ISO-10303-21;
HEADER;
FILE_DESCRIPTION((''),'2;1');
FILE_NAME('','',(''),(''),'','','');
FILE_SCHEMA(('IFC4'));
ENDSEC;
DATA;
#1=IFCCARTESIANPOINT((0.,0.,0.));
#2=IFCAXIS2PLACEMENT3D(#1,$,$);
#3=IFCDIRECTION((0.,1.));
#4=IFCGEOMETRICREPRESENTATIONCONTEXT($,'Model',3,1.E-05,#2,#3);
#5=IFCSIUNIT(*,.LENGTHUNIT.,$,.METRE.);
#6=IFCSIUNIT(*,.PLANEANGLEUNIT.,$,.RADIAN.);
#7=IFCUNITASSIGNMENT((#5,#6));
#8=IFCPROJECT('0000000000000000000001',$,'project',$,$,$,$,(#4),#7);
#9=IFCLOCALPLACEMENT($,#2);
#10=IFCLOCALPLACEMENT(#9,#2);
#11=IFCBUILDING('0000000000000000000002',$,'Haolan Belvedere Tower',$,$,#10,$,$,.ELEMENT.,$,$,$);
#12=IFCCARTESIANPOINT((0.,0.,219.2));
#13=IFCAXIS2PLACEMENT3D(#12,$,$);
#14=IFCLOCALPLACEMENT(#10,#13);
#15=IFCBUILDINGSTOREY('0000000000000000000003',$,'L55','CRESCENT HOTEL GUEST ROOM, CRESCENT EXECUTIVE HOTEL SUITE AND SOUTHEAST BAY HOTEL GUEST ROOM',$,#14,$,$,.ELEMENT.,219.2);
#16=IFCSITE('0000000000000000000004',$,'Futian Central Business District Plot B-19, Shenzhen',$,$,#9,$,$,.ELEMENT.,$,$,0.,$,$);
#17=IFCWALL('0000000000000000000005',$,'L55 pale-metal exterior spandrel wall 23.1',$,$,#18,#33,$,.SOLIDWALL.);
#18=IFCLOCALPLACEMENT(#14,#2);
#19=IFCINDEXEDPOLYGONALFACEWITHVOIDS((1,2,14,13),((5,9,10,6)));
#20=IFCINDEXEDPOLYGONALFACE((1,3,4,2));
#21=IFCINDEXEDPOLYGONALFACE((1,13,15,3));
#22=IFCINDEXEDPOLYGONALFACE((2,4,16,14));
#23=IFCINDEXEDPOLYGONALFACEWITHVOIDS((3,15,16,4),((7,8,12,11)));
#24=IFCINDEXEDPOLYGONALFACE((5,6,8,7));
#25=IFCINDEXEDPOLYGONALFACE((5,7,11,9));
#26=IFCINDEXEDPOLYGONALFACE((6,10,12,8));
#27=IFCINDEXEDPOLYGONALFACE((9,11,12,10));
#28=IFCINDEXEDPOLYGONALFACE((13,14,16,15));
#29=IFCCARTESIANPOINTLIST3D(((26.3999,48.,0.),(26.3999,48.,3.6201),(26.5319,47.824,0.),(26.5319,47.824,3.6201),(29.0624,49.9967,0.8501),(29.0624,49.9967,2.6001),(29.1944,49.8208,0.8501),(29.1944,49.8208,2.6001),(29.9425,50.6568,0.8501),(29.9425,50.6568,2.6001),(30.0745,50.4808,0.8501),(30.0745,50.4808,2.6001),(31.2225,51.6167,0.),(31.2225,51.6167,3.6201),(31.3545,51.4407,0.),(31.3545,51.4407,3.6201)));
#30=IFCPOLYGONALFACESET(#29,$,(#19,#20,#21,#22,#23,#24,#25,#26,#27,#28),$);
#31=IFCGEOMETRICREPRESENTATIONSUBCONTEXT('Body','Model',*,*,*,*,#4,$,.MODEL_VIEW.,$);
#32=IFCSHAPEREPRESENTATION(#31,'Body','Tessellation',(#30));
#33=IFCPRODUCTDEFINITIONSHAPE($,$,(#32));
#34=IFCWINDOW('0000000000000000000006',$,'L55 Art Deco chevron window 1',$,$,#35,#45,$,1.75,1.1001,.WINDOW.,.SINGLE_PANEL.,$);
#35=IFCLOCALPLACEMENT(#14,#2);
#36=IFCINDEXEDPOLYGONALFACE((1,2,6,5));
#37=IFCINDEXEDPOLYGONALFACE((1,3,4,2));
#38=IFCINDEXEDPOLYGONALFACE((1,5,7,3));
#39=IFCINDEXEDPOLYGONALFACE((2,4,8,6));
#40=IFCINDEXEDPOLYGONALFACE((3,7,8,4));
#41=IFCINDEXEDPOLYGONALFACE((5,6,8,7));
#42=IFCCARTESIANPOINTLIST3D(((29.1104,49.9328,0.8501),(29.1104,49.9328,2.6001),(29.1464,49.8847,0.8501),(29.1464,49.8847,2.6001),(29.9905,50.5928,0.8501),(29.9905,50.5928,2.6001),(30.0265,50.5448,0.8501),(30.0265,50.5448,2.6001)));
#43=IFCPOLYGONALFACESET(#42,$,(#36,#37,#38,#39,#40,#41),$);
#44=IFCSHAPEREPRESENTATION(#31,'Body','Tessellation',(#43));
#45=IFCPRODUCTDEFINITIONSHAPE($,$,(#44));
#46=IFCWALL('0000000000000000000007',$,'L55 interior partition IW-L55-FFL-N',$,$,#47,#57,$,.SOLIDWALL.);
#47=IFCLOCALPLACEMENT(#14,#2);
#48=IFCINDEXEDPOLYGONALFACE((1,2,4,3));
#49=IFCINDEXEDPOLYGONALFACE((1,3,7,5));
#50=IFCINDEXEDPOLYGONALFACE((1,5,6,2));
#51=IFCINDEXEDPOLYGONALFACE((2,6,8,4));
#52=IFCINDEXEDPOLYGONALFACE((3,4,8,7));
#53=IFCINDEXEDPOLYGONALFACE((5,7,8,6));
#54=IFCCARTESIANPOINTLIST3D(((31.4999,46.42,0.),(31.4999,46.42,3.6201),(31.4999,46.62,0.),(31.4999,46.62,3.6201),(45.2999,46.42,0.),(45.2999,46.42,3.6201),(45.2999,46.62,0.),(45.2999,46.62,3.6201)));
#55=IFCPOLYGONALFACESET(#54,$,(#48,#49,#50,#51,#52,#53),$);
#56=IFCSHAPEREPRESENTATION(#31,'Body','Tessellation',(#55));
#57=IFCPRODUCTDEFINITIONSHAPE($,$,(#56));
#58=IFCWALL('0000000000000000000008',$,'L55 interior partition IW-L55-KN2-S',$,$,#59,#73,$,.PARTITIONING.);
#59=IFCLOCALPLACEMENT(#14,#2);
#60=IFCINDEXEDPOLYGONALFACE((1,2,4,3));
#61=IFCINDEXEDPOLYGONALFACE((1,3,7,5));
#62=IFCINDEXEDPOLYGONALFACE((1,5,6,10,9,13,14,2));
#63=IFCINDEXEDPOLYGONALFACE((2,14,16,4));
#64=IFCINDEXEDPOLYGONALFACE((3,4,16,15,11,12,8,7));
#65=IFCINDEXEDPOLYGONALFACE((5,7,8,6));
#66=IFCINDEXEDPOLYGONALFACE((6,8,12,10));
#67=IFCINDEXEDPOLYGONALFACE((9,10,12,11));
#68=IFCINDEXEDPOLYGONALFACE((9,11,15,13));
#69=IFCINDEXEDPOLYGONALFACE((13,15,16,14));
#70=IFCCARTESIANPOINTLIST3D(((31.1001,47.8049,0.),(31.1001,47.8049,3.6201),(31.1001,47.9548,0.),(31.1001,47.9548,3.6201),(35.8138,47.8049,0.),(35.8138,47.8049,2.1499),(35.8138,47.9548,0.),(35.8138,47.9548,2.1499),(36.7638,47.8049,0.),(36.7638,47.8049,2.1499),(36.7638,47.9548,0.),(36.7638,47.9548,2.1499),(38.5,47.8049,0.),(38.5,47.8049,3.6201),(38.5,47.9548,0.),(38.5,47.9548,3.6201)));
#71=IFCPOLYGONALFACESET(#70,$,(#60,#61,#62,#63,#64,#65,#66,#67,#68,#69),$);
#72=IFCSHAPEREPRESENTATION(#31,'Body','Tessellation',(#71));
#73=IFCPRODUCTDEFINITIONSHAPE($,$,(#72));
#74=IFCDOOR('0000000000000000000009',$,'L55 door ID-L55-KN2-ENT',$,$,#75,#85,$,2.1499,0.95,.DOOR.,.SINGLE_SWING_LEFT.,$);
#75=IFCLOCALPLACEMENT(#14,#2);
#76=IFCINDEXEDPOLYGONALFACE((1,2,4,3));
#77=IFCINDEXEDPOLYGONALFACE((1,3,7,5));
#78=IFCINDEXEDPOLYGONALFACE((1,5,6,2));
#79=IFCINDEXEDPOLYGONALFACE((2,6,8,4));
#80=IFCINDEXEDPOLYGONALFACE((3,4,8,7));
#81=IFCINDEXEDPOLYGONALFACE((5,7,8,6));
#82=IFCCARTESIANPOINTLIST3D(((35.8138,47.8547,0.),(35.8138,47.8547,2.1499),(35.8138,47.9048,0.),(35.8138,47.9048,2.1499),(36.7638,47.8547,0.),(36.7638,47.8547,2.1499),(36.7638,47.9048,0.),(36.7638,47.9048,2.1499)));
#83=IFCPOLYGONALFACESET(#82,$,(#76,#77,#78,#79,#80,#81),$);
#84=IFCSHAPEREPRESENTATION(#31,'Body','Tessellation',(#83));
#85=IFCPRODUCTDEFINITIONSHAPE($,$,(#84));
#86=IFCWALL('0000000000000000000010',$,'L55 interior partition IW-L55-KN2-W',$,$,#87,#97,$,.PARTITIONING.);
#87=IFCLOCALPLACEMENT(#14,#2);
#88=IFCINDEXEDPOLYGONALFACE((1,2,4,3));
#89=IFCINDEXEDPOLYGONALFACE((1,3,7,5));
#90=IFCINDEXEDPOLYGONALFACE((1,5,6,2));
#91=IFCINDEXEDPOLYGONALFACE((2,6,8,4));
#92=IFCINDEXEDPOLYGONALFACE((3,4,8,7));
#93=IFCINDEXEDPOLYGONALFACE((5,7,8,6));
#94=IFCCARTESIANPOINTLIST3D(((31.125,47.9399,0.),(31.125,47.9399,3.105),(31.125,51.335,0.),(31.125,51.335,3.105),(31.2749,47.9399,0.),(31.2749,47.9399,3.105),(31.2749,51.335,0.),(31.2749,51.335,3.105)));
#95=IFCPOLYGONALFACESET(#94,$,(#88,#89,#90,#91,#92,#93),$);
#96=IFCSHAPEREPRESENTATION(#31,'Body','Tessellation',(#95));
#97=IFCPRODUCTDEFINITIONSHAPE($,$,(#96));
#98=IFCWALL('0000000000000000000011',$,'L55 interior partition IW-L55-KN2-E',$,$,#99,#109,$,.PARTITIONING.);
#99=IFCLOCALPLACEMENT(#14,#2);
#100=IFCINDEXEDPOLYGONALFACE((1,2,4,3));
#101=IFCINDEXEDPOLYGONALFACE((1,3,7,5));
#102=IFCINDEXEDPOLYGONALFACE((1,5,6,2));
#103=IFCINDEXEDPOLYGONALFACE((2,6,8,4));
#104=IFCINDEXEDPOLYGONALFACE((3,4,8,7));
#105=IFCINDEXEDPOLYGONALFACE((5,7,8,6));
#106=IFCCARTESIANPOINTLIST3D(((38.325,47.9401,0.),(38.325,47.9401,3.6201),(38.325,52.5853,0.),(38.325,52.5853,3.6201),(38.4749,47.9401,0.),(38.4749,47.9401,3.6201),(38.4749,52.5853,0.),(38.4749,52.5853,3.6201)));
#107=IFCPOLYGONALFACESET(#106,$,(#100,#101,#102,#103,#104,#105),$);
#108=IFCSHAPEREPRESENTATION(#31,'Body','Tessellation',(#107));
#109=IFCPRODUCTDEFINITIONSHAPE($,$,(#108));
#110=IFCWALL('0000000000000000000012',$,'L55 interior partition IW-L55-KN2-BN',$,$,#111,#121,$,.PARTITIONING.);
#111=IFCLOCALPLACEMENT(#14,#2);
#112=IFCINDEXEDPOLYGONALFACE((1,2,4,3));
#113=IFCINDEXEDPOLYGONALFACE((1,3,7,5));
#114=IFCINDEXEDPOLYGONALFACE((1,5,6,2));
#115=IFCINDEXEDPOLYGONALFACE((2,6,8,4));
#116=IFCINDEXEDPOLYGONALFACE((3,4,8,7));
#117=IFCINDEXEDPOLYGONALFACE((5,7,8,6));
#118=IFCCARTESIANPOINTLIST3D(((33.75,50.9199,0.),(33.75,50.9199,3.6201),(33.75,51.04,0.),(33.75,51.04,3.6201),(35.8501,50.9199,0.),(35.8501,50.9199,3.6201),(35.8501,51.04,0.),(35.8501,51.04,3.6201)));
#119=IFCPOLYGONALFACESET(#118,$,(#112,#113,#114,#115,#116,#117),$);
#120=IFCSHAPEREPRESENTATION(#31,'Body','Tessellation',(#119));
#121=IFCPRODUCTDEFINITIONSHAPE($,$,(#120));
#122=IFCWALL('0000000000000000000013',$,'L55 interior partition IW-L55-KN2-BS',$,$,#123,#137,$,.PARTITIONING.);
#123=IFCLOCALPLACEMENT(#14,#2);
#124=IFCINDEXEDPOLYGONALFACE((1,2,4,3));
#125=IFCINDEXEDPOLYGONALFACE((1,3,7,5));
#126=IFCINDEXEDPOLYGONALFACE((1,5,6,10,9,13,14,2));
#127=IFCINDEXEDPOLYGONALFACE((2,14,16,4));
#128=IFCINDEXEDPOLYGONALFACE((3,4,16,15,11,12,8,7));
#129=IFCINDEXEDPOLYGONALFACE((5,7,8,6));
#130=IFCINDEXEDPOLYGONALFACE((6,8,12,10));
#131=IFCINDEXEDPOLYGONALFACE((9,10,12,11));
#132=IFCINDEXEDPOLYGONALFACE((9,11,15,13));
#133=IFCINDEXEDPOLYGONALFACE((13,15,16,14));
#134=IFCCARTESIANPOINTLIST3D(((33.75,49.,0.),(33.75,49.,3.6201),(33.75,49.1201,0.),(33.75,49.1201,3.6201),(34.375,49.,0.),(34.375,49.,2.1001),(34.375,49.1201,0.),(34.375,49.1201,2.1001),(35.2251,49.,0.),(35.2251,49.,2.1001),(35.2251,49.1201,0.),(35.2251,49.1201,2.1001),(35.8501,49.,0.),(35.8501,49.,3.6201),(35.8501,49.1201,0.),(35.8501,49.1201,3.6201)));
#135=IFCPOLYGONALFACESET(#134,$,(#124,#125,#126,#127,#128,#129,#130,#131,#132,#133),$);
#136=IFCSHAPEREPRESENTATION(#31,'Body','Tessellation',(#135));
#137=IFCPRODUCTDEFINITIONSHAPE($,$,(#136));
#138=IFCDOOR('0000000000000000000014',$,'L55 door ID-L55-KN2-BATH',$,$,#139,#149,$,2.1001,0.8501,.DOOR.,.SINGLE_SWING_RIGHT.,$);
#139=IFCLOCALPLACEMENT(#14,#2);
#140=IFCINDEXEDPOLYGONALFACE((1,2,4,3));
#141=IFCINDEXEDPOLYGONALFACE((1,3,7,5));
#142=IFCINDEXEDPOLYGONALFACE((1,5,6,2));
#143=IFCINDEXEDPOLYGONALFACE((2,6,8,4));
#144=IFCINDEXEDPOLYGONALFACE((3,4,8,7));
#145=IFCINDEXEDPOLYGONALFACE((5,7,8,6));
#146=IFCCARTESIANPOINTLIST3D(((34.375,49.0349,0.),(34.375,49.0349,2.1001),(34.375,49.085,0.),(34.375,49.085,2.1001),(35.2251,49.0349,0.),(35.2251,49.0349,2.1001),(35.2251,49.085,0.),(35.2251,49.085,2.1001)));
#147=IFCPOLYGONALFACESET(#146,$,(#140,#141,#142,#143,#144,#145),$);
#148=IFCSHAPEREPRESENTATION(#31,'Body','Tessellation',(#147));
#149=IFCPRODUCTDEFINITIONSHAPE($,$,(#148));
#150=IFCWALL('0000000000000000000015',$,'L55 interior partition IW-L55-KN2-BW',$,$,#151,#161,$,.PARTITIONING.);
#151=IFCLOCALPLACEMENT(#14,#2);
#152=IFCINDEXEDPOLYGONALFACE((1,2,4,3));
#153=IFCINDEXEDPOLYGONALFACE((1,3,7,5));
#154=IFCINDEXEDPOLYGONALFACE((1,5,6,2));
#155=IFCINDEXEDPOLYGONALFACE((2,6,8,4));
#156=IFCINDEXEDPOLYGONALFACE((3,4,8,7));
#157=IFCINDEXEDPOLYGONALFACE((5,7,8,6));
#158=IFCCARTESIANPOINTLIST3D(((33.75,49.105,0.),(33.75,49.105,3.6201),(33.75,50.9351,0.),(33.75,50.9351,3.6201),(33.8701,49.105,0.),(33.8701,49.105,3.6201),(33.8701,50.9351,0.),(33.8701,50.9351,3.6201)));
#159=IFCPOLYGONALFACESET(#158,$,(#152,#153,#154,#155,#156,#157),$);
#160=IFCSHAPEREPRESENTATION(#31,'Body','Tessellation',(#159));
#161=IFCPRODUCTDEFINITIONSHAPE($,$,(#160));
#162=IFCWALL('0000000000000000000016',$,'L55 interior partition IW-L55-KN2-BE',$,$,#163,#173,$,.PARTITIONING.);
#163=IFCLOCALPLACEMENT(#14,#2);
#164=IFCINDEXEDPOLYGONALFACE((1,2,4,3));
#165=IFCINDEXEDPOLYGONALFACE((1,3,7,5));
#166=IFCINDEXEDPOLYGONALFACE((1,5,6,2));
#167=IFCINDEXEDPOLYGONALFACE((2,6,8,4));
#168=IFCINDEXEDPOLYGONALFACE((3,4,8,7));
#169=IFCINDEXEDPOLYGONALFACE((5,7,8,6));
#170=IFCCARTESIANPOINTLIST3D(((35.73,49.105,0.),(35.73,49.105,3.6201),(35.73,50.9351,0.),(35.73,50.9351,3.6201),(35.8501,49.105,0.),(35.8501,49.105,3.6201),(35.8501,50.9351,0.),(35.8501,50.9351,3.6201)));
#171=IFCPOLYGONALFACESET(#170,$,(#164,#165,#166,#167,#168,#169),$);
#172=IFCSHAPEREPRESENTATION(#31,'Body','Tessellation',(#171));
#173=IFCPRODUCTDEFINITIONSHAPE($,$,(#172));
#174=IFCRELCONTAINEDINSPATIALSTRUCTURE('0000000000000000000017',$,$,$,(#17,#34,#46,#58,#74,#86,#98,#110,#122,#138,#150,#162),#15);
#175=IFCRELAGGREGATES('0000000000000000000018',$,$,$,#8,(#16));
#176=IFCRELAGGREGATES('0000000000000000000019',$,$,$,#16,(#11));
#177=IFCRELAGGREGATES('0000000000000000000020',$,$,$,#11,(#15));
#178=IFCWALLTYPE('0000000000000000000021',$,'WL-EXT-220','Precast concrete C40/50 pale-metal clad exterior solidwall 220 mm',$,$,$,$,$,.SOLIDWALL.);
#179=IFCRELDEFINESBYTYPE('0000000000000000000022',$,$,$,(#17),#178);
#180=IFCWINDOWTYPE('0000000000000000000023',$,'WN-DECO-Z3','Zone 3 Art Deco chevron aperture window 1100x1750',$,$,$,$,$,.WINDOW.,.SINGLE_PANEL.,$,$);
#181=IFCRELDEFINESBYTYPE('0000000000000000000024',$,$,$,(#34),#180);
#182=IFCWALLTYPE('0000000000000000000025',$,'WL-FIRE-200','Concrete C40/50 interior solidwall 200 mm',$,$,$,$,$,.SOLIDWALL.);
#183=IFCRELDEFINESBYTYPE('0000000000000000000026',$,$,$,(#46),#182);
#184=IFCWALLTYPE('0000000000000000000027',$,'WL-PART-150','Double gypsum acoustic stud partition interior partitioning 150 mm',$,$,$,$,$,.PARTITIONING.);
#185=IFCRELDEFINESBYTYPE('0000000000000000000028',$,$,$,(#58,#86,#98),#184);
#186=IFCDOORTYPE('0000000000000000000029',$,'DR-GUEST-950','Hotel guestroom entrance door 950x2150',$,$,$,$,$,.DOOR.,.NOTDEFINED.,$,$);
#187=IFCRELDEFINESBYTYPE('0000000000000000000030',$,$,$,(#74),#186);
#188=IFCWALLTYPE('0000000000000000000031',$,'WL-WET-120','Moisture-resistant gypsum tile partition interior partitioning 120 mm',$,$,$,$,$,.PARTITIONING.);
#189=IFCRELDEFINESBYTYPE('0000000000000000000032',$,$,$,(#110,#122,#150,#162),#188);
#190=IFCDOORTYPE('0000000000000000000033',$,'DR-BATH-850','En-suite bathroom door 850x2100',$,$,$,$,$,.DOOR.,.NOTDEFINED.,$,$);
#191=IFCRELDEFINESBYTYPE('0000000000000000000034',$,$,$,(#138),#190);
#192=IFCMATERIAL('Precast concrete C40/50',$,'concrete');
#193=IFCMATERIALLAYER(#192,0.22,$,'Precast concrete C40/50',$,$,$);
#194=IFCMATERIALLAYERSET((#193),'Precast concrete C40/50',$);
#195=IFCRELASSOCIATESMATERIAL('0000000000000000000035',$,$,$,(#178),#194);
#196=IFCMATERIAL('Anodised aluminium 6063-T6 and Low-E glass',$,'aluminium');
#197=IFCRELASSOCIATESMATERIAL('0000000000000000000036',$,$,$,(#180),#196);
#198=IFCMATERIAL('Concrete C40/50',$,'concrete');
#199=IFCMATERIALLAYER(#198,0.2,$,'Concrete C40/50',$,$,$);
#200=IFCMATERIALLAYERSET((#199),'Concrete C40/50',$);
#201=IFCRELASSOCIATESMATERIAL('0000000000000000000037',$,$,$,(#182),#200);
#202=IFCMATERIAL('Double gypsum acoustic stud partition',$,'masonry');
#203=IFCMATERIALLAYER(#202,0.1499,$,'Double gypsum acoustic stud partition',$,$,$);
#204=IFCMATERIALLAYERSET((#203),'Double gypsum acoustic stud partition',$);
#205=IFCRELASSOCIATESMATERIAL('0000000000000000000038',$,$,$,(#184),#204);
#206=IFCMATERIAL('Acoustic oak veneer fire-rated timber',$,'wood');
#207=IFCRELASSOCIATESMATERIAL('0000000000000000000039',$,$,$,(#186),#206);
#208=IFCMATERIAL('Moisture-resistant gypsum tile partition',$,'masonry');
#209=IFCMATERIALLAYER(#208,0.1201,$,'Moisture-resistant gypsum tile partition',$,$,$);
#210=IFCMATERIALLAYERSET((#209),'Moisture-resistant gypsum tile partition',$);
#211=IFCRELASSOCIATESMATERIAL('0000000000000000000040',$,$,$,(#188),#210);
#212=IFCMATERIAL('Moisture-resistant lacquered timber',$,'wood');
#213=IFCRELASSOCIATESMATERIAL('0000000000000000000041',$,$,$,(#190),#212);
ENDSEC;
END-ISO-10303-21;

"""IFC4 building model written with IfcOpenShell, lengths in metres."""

from ifc_helpers import new_model, si_unit, direction, frame, frame_2d, origin, place, context, subcontext, project, spatial, rectangle, extrude, material, layer, layer_set, type_object, element, fill, save


model = new_model("IFC4")

# Units and contexts
model_context = context("Model", 3, precision=1e-05, world=origin(), true_north=direction((0.0, 1.0)))
body_context = subcontext(model_context, "Body", "Model", "MODEL_VIEW")
ifc_project = project(units=[si_unit("LENGTHUNIT", "METRE"), si_unit("PLANEANGLEUNIT", "RADIAN")], contexts=[model_context])

# Site, building, storey
site_placement = place(None, origin())
site = spatial("IfcSite", under=ifc_project, at=site_placement, Name="Futian Central Business District Plot B-19, Shenzhen", CompositionType="ELEMENT", RefElevation=0.0)
building_placement = place(site_placement, origin())
building = spatial("IfcBuilding", under=site, at=building_placement, Name="Haolan Belvedere Tower", CompositionType="ELEMENT")
storey_placement = place(building_placement, frame((0.0, 0.0, 219.2)))
storey = spatial("IfcBuildingStorey", under=building, at=storey_placement, Name="L55", Description="CRESCENT HOTEL GUEST ROOM, CRESCENT EXECUTIVE HOTEL SUITE AND SOUTHEAST BAY HOTEL GUEST ROOM", CompositionType="ELEMENT", Elevation=219.2)

# Wall, opening, window
ifc_material_1 = material(Name="Precast concrete C40/50", Category="concrete")
ifc_layer_1 = layer(ifc_material_1, 0.22, Name="Precast concrete C40/50")
ifc_layer_set_1 = layer_set([ifc_layer_1], Name="Precast concrete C40/50")
wall_type_1 = type_object("IfcWallType", Name="WL-EXT-220", Description="Precast concrete C40/50 pale-metal clad exterior solidwall 220 mm", PredefinedType="SOLIDWALL", material=ifc_layer_set_1)
wall_1_placement = place(storey_placement, frame((31.2886, 51.5288, 0.0), z_axis=(0.0, 0.0, 1.0), x_axis=(-0.800015, -0.599981, 0.0)))
wall_1 = element("IfcWall", 1, at=wall_1_placement, inside=storey, type_object=wall_type_1, Name="L55 pale-metal exterior spandrel wall 23.1", PredefinedType="SOLIDWALL", context=body_context, shape_type="SweptSolid", body=[
    extrude(rectangle(XDim=6.0281, YDim=0.22, at=frame_2d((3.0142, 0.0))), origin(), (0.0, 0.0, 1.0), 3.6201),
])
opening_1_placement = place(wall_1_placement, frame((1.6001, 0.0, 0.8501)))
opening_1 = element("IfcOpeningElement", 2, at=opening_1_placement, cuts=wall_1, PredefinedType="OPENING", context=body_context, shape_type="SweptSolid", body=[
    extrude(rectangle(XDim=1.1001, YDim=1.75, at=frame_2d((0.55, 0.875))), frame((0.0, 0.1199, 0.0), z_axis=(0.0, -1.0, 0.0), x_axis=(1.0, 0.0, 0.0)), (0.0, 0.0, 1.0), 0.24),
])
ifc_material_2 = material(Name="Anodised aluminium 6063-T6 and Low-E glass", Category="aluminium")
window_type = type_object("IfcWindowType", Name="WN-DECO-Z3", Description="Zone 3 Art Deco chevron aperture window 1100x1750", PartitioningType="SINGLE_PANEL", PredefinedType="WINDOW", material=ifc_material_2)
window_placement = place(opening_1_placement, origin())
window = element("IfcWindow", 3, at=window_placement, inside=storey, type_object=window_type, Name="L55 Art Deco chevron window 1", OverallHeight=1.75, OverallWidth=1.1001, PartitioningType="SINGLE_PANEL", PredefinedType="WINDOW", context=body_context, shape_type="SweptSolid", body=[
    extrude(rectangle(XDim=1.1001, YDim=1.75, at=frame_2d((0.55, 0.875))), frame((0.0, 0.03, 0.0), z_axis=(0.0, -1.0, 0.0), x_axis=(1.0, 0.0, 0.0)), (0.0, 0.0, 1.0), 0.0601),
])
fill(opening_1, window)

# Wall
ifc_material_3 = material(Name="Concrete C40/50", Category="concrete")
ifc_layer_2 = layer(ifc_material_3, 0.2, Name="Concrete C40/50")
ifc_layer_set_2 = layer_set([ifc_layer_2], Name="Concrete C40/50")
wall_type_2 = type_object("IfcWallType", Name="WL-FIRE-200", Description="Concrete C40/50 interior solidwall 200 mm", PredefinedType="SOLIDWALL", material=ifc_layer_set_2)
wall_2_placement = place(storey_placement, frame((31.5, 46.52, 0.0), z_axis=(0.0, 0.0, 1.0), x_axis=(1.0, 0.0, 0.0)))
element("IfcWall", 4, at=wall_2_placement, inside=storey, type_object=wall_type_2, Name="L55 interior partition IW-L55-FFL-N", PredefinedType="SOLIDWALL", context=body_context, shape_type="SweptSolid", body=[
    extrude(rectangle(XDim=13.8, YDim=0.2, at=frame_2d((6.8999, 0.0))), origin(), (0.0, 0.0, 1.0), 3.6201),
])

# Wall, opening, door
ifc_material_4 = material(Name="Double gypsum acoustic stud partition", Category="masonry")
ifc_layer_3 = layer(ifc_material_4, 0.1499, Name="Double gypsum acoustic stud partition")
ifc_layer_set_3 = layer_set([ifc_layer_3], Name="Double gypsum acoustic stud partition")
wall_type_3 = type_object("IfcWallType", Name="WL-PART-150", Description="Double gypsum acoustic stud partition interior partitioning 150 mm", PredefinedType="PARTITIONING", material=ifc_layer_set_3)
wall_3_placement = place(storey_placement, frame((31.1001, 47.8799, 0.0), z_axis=(0.0, 0.0, 1.0), x_axis=(1.0, 0.0, 0.0)))
wall_3 = element("IfcWall", 5, at=wall_3_placement, inside=storey, type_object=wall_type_3, Name="L55 interior partition IW-L55-KN2-S", PredefinedType="PARTITIONING", context=body_context, shape_type="SweptSolid", body=[
    extrude(rectangle(XDim=7.3999, YDim=0.1499, at=frame_2d((3.7, 0.0))), origin(), (0.0, 0.0, 1.0), 3.6201),
])
opening_2_placement = place(wall_3_placement, frame((4.7136, 0.0, 0.0)))
opening_2 = element("IfcOpeningElement", 6, at=opening_2_placement, cuts=wall_3, PredefinedType="OPENING", context=body_context, shape_type="SweptSolid", body=[
    extrude(rectangle(XDim=0.95, YDim=2.1499, at=frame_2d((0.4751, 1.075))), frame((0.0, 0.085, 0.0), z_axis=(0.0, -1.0, 0.0), x_axis=(1.0, 0.0, 0.0)), (0.0, 0.0, 1.0), 0.1699),
])
ifc_material_5 = material(Name="Acoustic oak veneer fire-rated timber", Category="wood")
door_type_1 = type_object("IfcDoorType", Name="DR-GUEST-950", Description="Hotel guestroom entrance door 950x2150", OperationType="NOTDEFINED", PredefinedType="DOOR", material=ifc_material_5)
door_1_placement = place(opening_2_placement, origin())
door_1 = element("IfcDoor", 7, at=door_1_placement, inside=storey, type_object=door_type_1, Name="L55 door ID-L55-KN2-ENT", OperationType="SINGLE_SWING_LEFT", OverallHeight=2.1499, OverallWidth=0.95, PredefinedType="DOOR", context=body_context, shape_type="SweptSolid", body=[
    extrude(rectangle(XDim=0.95, YDim=2.1499, at=frame_2d((0.4751, 1.075))), frame((0.0, 0.0249, 0.0), z_axis=(0.0, -1.0, 0.0), x_axis=(1.0, 0.0, 0.0)), (0.0, 0.0, 1.0), 0.05),
])
fill(opening_2, door_1)

# Walls
wall_4_placement = place(storey_placement, frame((31.2, 47.9399, 0.0), z_axis=(0.0, 0.0, 1.0), x_axis=(0.0, 1.0, 0.0)))
element("IfcWall", 8, at=wall_4_placement, inside=storey, type_object=wall_type_3, Name="L55 interior partition IW-L55-KN2-W", PredefinedType="PARTITIONING", context=body_context, shape_type="SweptSolid", body=[
    extrude(rectangle(XDim=3.395, YDim=0.1499, at=frame_2d((1.6975, 0.0))), origin(), (0.0, 0.0, 1.0), 3.105),
])
wall_5_placement = place(storey_placement, frame((38.3999, 47.9399, 0.0), z_axis=(0.0, 0.0, 1.0), x_axis=(0.0, 1.0, 0.0)))
element("IfcWall", 9, at=wall_5_placement, inside=storey, type_object=wall_type_3, Name="L55 interior partition IW-L55-KN2-E", PredefinedType="PARTITIONING", context=body_context, shape_type="SweptSolid", body=[
    extrude(rectangle(XDim=4.6453, YDim=0.1499, at=frame_2d((2.3228, 0.0))), origin(), (0.0, 0.0, 1.0), 3.6201),
])
ifc_material_6 = material(Name="Moisture-resistant gypsum tile partition", Category="masonry")
ifc_layer_4 = layer(ifc_material_6, 0.1201, Name="Moisture-resistant gypsum tile partition")
ifc_layer_set_4 = layer_set([ifc_layer_4], Name="Moisture-resistant gypsum tile partition")
wall_type_4 = type_object("IfcWallType", Name="WL-WET-120", Description="Moisture-resistant gypsum tile partition interior partitioning 120 mm", PredefinedType="PARTITIONING", material=ifc_layer_set_4)
wall_6_placement = place(storey_placement, frame((33.75, 50.98, 0.0), z_axis=(0.0, 0.0, 1.0), x_axis=(1.0, 0.0, 0.0)))
element("IfcWall", 10, at=wall_6_placement, inside=storey, type_object=wall_type_4, Name="L55 interior partition IW-L55-KN2-BN", PredefinedType="PARTITIONING", context=body_context, shape_type="SweptSolid", body=[
    extrude(rectangle(XDim=2.1001, YDim=0.1201, at=frame_2d((1.05, 0.0))), origin(), (0.0, 0.0, 1.0), 3.6201),
])

# Wall, opening, door
wall_7_placement = place(storey_placement, frame((33.75, 49.0601, 0.0), z_axis=(0.0, 0.0, 1.0), x_axis=(1.0, 0.0, 0.0)))
wall_7 = element("IfcWall", 11, at=wall_7_placement, inside=storey, type_object=wall_type_4, Name="L55 interior partition IW-L55-KN2-BS", PredefinedType="PARTITIONING", context=body_context, shape_type="SweptSolid", body=[
    extrude(rectangle(XDim=2.1001, YDim=0.1201, at=frame_2d((1.05, 0.0))), origin(), (0.0, 0.0, 1.0), 3.6201),
])
opening_3_placement = place(wall_7_placement, frame((0.625, 0.0, 0.0)))
opening_3 = element("IfcOpeningElement", 12, at=opening_3_placement, cuts=wall_7, PredefinedType="OPENING", context=body_context, shape_type="SweptSolid", body=[
    extrude(rectangle(XDim=0.8501, YDim=2.1001, at=frame_2d((0.425, 1.05))), frame((0.0, 0.0701, 0.0), z_axis=(0.0, -1.0, 0.0), x_axis=(1.0, 0.0, 0.0)), (0.0, 0.0, 1.0), 0.1401),
])
ifc_material_7 = material(Name="Moisture-resistant lacquered timber", Category="wood")
door_type_2 = type_object("IfcDoorType", Name="DR-BATH-850", Description="En-suite bathroom door 850x2100", OperationType="NOTDEFINED", PredefinedType="DOOR", material=ifc_material_7)
door_2_placement = place(opening_3_placement, origin())
door_2 = element("IfcDoor", 13, at=door_2_placement, inside=storey, type_object=door_type_2, Name="L55 door ID-L55-KN2-BATH", OperationType="SINGLE_SWING_RIGHT", OverallHeight=2.1001, OverallWidth=0.8501, PredefinedType="DOOR", context=body_context, shape_type="SweptSolid", body=[
    extrude(rectangle(XDim=0.8501, YDim=2.1001, at=frame_2d((0.425, 1.05))), frame((0.0, 0.0249, 0.0), z_axis=(0.0, -1.0, 0.0), x_axis=(1.0, 0.0, 0.0)), (0.0, 0.0, 1.0), 0.05),
])
fill(opening_3, door_2)

# Walls
for number, where, z_axis, x_axis, name in (
    (14, (33.8101, 49.105, 0.0), (0.0, 0.0, 1.0), (0.0, 1.0, 0.0), "L55 interior partition IW-L55-KN2-BW"),
    (15, (35.79, 49.105, 0.0), (0.0, 0.0, 1.0), (0.0, 1.0, 0.0), "L55 interior partition IW-L55-KN2-BE"),
):
    element("IfcWall", number, at=place(storey_placement, frame(where, z_axis=z_axis, x_axis=x_axis)), inside=storey, type_object=wall_type_4, Name=name, PredefinedType="PARTITIONING", context=body_context, shape_type="SweptSolid", body=[
        extrude(rectangle(XDim=1.8301, YDim=0.1201, at=frame_2d((0.915, 0.0))), origin(), (0.0, 0.0, 1.0), 3.6201),
    ])

save(model, "model.ifc")
